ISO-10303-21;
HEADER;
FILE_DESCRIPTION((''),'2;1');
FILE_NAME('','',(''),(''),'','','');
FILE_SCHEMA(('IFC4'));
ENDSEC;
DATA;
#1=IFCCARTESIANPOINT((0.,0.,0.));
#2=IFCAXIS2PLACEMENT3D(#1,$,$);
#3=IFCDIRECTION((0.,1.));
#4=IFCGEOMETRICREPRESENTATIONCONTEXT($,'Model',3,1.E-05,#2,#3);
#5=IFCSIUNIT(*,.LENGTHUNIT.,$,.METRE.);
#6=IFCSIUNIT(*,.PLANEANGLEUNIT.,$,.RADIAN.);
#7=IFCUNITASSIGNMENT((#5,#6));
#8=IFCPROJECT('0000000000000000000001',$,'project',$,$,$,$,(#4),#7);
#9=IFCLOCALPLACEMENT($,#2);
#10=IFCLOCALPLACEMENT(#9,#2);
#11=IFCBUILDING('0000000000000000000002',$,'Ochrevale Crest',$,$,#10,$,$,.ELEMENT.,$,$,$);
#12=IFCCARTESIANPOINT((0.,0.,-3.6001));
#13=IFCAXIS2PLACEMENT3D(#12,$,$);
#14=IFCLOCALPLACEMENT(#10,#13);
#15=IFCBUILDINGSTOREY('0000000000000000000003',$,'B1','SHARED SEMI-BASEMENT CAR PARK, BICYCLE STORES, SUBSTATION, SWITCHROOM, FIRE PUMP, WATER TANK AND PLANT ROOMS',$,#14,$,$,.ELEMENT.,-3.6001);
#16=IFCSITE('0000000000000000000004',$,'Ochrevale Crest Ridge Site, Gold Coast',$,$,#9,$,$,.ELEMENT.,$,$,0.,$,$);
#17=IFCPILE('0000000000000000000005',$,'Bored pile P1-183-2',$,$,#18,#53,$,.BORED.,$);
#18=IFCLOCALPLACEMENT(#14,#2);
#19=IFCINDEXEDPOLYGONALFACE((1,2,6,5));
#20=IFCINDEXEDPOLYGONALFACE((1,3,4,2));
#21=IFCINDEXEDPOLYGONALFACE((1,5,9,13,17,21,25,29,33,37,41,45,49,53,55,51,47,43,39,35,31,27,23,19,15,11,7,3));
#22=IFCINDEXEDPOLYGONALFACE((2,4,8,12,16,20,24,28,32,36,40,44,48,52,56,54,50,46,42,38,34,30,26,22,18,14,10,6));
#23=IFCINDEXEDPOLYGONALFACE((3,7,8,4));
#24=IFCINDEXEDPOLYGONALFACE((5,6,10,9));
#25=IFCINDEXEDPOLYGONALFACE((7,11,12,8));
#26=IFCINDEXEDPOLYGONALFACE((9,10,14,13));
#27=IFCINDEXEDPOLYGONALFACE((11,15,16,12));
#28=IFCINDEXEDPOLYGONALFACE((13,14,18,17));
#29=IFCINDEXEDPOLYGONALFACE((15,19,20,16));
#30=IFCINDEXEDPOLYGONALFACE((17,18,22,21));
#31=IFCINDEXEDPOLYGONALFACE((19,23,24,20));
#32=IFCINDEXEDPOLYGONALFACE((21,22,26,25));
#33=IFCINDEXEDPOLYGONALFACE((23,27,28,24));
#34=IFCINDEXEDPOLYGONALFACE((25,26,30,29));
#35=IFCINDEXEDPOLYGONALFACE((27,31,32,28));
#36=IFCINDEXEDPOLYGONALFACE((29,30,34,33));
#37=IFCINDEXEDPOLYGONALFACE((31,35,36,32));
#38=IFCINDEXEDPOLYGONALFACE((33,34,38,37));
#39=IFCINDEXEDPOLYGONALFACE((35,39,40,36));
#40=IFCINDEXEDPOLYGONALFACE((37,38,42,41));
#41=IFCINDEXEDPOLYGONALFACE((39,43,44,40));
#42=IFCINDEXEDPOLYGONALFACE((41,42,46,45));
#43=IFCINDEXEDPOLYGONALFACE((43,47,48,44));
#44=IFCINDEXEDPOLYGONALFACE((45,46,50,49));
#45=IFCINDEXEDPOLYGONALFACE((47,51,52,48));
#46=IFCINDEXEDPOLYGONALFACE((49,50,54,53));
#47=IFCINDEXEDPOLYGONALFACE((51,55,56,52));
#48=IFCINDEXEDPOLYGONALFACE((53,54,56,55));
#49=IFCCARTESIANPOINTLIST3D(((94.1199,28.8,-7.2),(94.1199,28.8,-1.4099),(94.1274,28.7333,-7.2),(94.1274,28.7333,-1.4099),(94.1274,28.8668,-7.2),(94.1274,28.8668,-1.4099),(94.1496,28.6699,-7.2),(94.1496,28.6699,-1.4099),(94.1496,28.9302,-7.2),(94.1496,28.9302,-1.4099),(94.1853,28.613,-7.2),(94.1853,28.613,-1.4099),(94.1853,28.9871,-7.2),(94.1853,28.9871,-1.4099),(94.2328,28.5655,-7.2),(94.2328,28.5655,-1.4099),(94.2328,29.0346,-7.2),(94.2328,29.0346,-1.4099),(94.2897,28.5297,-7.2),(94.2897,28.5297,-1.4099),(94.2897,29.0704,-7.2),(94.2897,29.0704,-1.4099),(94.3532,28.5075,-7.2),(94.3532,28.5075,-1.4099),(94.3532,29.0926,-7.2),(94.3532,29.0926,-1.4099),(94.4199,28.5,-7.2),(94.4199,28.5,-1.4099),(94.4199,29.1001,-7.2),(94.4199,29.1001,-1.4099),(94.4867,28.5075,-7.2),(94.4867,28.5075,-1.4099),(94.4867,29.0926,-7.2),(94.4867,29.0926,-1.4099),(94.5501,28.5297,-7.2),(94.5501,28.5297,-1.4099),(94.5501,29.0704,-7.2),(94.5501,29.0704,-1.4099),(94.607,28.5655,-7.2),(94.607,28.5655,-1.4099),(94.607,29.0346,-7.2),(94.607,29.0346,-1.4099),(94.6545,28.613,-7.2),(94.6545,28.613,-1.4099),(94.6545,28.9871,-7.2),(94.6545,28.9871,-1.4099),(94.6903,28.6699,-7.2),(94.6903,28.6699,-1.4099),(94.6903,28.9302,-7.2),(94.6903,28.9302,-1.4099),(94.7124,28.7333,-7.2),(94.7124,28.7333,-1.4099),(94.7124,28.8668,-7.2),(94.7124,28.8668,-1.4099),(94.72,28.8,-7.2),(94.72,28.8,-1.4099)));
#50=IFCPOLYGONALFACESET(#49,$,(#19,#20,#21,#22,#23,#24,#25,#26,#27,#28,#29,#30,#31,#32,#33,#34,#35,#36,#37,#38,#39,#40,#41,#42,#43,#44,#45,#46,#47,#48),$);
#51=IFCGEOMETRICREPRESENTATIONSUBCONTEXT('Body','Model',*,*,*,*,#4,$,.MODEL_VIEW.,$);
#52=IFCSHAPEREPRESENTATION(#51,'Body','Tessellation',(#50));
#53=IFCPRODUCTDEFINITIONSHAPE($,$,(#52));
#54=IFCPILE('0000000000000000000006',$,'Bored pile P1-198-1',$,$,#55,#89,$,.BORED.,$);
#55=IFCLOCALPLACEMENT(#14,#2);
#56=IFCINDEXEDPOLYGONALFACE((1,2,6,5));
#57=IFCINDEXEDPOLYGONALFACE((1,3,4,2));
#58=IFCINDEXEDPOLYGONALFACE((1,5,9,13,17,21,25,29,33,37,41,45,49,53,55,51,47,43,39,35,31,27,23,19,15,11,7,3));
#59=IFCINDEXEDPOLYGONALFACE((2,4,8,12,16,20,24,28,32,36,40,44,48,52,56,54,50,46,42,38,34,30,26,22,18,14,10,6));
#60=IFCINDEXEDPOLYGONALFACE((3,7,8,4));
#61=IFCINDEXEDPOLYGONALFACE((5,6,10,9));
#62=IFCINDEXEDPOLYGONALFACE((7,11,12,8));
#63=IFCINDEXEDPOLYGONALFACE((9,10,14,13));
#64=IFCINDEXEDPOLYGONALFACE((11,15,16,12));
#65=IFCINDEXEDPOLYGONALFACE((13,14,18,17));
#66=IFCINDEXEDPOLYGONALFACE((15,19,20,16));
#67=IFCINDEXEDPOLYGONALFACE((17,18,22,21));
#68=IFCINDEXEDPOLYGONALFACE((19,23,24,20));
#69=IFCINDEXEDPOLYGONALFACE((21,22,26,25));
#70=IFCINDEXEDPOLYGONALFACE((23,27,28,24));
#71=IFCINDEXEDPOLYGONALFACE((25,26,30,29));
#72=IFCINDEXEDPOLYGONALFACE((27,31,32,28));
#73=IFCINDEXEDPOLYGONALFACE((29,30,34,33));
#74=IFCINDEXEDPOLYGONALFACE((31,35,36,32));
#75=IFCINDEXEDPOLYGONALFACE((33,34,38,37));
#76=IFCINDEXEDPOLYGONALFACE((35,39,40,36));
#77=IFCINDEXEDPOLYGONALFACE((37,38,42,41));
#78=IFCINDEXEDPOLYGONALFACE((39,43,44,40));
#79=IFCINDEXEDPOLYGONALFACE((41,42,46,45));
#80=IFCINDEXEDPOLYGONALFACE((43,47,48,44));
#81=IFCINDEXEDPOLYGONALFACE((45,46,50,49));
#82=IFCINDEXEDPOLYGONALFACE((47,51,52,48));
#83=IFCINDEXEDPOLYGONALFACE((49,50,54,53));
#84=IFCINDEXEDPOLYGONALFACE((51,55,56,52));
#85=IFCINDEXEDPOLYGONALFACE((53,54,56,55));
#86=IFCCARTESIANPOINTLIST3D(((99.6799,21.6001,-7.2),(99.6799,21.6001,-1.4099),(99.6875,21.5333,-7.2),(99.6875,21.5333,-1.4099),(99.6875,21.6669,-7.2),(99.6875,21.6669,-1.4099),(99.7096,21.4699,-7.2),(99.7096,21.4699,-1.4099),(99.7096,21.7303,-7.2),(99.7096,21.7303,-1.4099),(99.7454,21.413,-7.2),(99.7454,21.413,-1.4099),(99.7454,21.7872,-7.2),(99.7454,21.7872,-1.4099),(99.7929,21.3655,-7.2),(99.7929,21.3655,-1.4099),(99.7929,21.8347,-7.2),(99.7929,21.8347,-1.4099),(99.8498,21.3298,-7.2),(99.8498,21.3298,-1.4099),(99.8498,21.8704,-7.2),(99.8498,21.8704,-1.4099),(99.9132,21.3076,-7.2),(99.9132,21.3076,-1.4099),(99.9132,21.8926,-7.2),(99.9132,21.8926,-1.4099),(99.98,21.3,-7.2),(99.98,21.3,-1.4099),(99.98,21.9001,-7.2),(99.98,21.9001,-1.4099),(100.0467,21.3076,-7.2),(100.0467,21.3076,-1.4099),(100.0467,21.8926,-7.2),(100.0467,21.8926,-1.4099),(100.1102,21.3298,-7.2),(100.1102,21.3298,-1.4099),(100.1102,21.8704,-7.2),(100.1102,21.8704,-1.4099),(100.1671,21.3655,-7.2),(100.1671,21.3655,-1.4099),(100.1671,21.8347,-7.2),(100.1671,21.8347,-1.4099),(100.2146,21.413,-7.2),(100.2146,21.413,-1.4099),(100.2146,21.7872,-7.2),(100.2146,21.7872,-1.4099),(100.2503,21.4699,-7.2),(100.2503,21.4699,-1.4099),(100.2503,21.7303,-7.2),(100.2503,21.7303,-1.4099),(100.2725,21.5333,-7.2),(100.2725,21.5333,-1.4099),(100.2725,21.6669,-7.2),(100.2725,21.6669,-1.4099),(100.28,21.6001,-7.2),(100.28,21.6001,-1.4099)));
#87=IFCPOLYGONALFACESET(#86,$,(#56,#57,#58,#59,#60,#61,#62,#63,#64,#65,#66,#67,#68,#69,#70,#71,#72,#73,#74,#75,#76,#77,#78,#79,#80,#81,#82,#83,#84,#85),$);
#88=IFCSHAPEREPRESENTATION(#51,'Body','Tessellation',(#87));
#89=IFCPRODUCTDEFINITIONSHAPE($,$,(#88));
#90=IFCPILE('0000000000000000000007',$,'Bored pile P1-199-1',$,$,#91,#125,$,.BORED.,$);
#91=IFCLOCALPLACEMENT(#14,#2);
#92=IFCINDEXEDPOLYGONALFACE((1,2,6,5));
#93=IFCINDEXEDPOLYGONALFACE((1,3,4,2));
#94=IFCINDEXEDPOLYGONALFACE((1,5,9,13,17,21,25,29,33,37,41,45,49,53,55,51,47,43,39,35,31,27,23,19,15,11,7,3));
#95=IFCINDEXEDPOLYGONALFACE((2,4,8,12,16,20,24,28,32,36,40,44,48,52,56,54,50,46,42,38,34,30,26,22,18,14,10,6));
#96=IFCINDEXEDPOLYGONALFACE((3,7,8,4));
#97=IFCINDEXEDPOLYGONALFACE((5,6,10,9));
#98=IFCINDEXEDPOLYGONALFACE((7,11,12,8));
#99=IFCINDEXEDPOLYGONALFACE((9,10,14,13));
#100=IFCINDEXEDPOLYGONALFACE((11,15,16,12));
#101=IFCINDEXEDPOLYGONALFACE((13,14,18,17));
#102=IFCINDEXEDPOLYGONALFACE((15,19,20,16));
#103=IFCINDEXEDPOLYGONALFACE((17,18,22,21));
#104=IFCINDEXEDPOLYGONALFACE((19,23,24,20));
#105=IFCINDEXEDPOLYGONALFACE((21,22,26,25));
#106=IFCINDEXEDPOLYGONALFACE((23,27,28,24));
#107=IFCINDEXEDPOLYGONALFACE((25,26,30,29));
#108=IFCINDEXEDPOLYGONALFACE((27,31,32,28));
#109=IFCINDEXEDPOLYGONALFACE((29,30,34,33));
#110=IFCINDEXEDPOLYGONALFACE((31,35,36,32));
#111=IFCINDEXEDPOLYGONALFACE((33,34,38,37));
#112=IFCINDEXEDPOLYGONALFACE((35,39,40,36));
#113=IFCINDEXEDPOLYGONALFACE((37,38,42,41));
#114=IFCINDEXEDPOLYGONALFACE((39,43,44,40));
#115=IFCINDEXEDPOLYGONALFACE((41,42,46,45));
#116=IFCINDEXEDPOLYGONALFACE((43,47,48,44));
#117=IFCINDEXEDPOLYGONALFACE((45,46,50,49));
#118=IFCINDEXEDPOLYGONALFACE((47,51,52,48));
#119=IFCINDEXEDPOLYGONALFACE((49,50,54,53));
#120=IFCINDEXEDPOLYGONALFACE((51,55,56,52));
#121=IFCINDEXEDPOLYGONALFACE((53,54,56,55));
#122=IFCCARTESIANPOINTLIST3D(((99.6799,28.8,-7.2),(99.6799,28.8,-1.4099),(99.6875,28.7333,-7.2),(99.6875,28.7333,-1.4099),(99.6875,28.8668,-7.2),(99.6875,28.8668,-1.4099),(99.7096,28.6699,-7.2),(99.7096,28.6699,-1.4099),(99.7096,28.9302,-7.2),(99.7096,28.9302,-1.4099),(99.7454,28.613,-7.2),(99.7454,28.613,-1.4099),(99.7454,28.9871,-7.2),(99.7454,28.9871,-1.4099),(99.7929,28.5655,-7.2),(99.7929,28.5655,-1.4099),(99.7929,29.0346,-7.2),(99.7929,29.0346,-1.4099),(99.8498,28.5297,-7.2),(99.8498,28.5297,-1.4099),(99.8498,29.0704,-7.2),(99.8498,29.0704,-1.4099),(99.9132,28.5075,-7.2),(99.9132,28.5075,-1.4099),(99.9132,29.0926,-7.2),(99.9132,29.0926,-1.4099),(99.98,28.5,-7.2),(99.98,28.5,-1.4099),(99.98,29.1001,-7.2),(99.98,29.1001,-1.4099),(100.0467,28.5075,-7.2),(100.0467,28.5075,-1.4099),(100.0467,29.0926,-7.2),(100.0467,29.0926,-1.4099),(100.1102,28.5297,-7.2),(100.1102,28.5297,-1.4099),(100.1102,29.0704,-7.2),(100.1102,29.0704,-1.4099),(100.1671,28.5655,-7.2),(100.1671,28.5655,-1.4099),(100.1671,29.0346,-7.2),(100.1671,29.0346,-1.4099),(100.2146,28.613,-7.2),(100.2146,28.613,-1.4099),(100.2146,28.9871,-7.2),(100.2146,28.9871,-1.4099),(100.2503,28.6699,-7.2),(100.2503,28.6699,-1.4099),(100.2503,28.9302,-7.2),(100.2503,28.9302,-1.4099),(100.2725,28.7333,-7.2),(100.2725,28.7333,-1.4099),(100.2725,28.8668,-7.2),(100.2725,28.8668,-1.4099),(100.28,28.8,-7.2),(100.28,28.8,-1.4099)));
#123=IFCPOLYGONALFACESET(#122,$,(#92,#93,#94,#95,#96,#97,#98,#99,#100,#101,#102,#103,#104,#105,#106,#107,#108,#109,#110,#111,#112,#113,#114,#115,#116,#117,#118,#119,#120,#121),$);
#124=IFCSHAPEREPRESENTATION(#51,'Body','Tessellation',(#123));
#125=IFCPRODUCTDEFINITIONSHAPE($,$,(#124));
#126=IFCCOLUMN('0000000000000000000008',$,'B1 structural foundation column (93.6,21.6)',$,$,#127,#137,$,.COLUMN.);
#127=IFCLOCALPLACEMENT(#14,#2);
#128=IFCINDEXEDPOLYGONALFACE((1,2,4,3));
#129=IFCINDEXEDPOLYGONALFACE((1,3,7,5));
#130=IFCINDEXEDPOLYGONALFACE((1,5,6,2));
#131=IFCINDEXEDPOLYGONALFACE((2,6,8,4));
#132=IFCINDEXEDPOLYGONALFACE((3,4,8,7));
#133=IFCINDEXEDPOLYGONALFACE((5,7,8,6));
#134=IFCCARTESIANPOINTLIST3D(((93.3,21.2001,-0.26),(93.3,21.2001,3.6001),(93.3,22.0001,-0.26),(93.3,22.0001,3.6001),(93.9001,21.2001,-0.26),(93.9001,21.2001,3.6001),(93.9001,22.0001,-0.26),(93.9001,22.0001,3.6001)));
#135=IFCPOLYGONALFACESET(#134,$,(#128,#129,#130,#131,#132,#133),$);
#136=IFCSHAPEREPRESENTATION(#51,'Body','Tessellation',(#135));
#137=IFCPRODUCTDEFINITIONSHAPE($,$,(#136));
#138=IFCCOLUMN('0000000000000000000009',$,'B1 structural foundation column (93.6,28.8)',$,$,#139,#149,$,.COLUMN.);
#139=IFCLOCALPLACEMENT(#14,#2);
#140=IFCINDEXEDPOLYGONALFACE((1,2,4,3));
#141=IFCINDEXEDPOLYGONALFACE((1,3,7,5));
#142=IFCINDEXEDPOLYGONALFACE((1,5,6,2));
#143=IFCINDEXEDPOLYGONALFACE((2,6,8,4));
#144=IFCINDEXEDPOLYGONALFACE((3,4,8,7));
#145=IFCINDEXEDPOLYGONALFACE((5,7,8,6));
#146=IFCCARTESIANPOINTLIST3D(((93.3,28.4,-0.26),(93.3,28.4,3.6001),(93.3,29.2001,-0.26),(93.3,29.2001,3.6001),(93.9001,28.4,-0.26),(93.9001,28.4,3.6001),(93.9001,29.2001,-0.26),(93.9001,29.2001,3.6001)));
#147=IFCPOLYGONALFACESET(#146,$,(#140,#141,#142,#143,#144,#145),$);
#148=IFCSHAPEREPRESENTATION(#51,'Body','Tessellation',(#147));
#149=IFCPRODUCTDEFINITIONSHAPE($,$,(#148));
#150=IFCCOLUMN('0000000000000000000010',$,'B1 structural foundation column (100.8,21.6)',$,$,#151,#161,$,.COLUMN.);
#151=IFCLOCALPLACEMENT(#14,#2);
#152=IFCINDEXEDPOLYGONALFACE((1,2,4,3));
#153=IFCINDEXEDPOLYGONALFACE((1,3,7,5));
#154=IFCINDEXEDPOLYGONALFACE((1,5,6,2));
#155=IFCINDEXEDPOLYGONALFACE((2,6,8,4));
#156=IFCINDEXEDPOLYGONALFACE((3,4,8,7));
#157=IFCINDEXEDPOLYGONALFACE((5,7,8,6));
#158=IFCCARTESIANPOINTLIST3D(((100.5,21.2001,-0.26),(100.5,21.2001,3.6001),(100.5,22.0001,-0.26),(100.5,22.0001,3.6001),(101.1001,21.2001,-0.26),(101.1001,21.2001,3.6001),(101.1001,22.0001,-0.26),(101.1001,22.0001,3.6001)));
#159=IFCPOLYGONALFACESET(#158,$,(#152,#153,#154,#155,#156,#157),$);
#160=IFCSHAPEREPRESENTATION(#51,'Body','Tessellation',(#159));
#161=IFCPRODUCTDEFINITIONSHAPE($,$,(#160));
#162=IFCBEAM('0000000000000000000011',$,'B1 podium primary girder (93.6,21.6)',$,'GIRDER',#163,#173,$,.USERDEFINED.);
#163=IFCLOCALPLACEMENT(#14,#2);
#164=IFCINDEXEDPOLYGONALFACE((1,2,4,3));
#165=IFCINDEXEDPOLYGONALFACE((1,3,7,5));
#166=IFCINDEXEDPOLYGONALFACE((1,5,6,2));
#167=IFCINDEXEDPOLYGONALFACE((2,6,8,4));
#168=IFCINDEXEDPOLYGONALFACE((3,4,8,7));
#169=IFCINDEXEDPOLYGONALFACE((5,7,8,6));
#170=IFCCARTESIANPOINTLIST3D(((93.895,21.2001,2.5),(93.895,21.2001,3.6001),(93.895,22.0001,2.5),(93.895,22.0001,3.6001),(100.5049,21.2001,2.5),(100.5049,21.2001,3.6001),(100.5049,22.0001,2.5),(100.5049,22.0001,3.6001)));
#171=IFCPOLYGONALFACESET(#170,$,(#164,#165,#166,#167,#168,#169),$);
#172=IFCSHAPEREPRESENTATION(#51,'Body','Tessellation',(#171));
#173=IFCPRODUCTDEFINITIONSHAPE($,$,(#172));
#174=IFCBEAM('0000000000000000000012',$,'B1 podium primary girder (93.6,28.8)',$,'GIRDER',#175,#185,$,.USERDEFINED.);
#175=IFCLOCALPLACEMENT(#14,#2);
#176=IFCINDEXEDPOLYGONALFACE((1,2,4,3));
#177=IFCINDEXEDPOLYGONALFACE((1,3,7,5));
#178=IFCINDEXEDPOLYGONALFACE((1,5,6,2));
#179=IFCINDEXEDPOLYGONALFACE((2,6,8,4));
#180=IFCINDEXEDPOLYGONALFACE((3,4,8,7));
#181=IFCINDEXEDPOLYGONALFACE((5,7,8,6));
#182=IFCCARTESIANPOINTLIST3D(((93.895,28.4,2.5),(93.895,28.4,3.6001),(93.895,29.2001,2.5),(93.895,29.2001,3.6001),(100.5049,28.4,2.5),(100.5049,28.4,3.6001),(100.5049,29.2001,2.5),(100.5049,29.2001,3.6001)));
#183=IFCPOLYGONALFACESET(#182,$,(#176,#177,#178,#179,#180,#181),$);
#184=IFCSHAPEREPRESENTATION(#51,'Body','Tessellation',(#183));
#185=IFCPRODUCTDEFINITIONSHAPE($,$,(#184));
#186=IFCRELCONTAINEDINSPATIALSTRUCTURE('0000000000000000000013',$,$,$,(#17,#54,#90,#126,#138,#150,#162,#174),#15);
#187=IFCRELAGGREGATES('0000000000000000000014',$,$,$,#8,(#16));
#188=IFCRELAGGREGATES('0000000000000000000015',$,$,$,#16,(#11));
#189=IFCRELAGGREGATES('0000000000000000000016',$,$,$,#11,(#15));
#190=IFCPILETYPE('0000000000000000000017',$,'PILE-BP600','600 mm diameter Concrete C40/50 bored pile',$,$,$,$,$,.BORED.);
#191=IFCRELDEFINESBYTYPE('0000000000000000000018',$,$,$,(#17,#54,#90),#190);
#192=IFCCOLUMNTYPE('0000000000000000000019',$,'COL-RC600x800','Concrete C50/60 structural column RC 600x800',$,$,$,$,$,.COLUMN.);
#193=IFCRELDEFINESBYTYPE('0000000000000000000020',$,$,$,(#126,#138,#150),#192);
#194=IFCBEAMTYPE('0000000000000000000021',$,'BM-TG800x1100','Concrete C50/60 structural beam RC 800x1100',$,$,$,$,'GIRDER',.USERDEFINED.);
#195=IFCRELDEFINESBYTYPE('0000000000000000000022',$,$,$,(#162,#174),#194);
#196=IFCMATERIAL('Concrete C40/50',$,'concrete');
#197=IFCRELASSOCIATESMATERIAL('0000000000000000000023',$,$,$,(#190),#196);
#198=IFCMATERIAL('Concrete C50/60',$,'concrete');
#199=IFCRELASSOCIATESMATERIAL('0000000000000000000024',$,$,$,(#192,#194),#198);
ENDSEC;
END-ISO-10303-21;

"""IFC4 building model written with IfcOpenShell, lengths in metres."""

from ifc_helpers import new_model, si_unit, direction, frame, origin, origin_2d, place, context, subcontext, project, spatial, rectangle, circle, extrude, material, material_profile, profile_set, type_object, element, save


model = new_model("IFC4")

# Units and contexts
model_context = context("Model", 3, precision=1e-05, world=origin(), true_north=direction((0.0, 1.0)))
body_context = subcontext(model_context, "Body", "Model", "MODEL_VIEW")
ifc_project = project(units=[si_unit("LENGTHUNIT", "METRE"), si_unit("PLANEANGLEUNIT", "RADIAN")], contexts=[model_context])

# Site, building, storey
site_placement = place(None, origin())
site = spatial("IfcSite", under=ifc_project, at=site_placement, Name="Ochrevale Crest Ridge Site, Gold Coast", CompositionType="ELEMENT", RefElevation=0.0)
building_placement = place(site_placement, origin())
building = spatial("IfcBuilding", under=site, at=building_placement, Name="Ochrevale Crest", CompositionType="ELEMENT")
storey_placement = place(building_placement, frame((0.0, 0.0, -3.6001)))
storey = spatial("IfcBuildingStorey", under=building, at=storey_placement, Name="B1", Description="SHARED SEMI-BASEMENT CAR PARK, BICYCLE STORES, SUBSTATION, SWITCHROOM, FIRE PUMP, WATER TANK AND PLANT ROOMS", CompositionType="ELEMENT", Elevation=-3.6001)

# Shared definitions
ifc_material_1 = material(Name="Concrete C40/50", Category="concrete")

# Piles
ifc_material_profile_1 = material_profile(ifc_material_1, circle(Radius=0.3, at=origin_2d()), Name="BORED PILE 600")
ifc_profile_set_1 = profile_set([ifc_material_profile_1], Name="Concrete C40/50")
pile_type = type_object("IfcPileType", Name="PILE-BP600", Description="600 mm diameter Concrete C40/50 bored pile", PredefinedType="BORED", material=ifc_profile_set_1)
for number, where, z_axis, x_axis, name in (
    (1, (94.4199, 28.8, -1.4099), (0.0, 0.0, -1.0), (1.0, 0.0, 0.0), "Bored pile P1-183-2"),
    (2, (99.98, 21.6001, -1.4099), (0.0, 0.0, -1.0), (1.0, 0.0, 0.0), "Bored pile P1-198-1"),
    (3, (99.98, 28.8, -1.4099), (0.0, 0.0, -1.0), (1.0, 0.0, 0.0), "Bored pile P1-199-1"),
):
    element("IfcPile", number, at=place(storey_placement, frame(where, z_axis=z_axis, x_axis=x_axis)), inside=storey, type_object=pile_type, Name=name, PredefinedType="BORED", context=body_context, shape_type="SweptSolid", body=[
        extrude(circle(Radius=0.3, at=origin_2d()), origin(), (0.0, 0.0, 1.0), 5.79),
    ])

# Columns
ifc_material_2 = material(Name="Concrete C50/60", Category="concrete")
ifc_material_profile_2 = material_profile(ifc_material_2, rectangle(XDim=0.6001, YDim=0.8, at=origin_2d()), Name="RC 600x800")
ifc_profile_set_2 = profile_set([ifc_material_profile_2], Name="Concrete C50/60")
column_type = type_object("IfcColumnType", Name="COL-RC600x800", Description="Concrete C50/60 structural column RC 600x800", PredefinedType="COLUMN", material=ifc_profile_set_2)
for number, where, z_axis, x_axis, name in (
    (4, (93.6001, 21.6001, -0.26), (0.0, 0.0, 1.0), (1.0, 0.0, 0.0), "B1 structural foundation column (93.6,21.6)"),
    (5, (93.6001, 28.8, -0.26), (0.0, 0.0, 1.0), (1.0, 0.0, 0.0), "B1 structural foundation column (93.6,28.8)"),
    (6, (100.8, 21.6001, -0.26), (0.0, 0.0, 1.0), (1.0, 0.0, 0.0), "B1 structural foundation column (100.8,21.6)"),
):
    element("IfcColumn", number, at=place(storey_placement, frame(where, z_axis=z_axis, x_axis=x_axis)), inside=storey, type_object=column_type, Name=name, PredefinedType="COLUMN", context=body_context, shape_type="SweptSolid", body=[
        extrude(rectangle(XDim=0.6001, YDim=0.8, at=origin_2d()), origin(), (0.0, 0.0, 1.0), 3.8601),
    ])

# Beams
ifc_material_profile_3 = material_profile(ifc_material_2, rectangle(XDim=0.8, YDim=1.1001, at=origin_2d()), Name="RC 800x1100")
ifc_profile_set_3 = profile_set([ifc_material_profile_3], Name="Concrete C50/60")
beam_type_1 = type_object("IfcBeamType", Name="BM-TG800x1100", Description="Concrete C50/60 structural beam RC 800x1100", ElementType="GIRDER", PredefinedType="USERDEFINED", material=ifc_profile_set_3)
for number, where, z_axis, x_axis, name in (
    (7, (93.895, 21.6001, 3.05), (1.0, 0.0, 0.0), (0.0, 1.0, 0.0), "B1 podium primary girder (93.6,21.6)"),
    (8, (93.895, 28.8, 3.05), (1.0, 0.0, 0.0), (0.0, 1.0, 0.0), "B1 podium primary girder (93.6,28.8)"),
):
    element("IfcBeam", number, at=place(storey_placement, frame(where, z_axis=z_axis, x_axis=x_axis)), inside=storey, type_object=beam_type_1, Name=name, ObjectType="GIRDER", PredefinedType="USERDEFINED", context=body_context, shape_type="SweptSolid", body=[
        extrude(rectangle(XDim=0.8, YDim=1.1001, at=origin_2d()), origin(), (0.0, 0.0, 1.0), 6.6099),
    ])

save(model, "model.ifc")
